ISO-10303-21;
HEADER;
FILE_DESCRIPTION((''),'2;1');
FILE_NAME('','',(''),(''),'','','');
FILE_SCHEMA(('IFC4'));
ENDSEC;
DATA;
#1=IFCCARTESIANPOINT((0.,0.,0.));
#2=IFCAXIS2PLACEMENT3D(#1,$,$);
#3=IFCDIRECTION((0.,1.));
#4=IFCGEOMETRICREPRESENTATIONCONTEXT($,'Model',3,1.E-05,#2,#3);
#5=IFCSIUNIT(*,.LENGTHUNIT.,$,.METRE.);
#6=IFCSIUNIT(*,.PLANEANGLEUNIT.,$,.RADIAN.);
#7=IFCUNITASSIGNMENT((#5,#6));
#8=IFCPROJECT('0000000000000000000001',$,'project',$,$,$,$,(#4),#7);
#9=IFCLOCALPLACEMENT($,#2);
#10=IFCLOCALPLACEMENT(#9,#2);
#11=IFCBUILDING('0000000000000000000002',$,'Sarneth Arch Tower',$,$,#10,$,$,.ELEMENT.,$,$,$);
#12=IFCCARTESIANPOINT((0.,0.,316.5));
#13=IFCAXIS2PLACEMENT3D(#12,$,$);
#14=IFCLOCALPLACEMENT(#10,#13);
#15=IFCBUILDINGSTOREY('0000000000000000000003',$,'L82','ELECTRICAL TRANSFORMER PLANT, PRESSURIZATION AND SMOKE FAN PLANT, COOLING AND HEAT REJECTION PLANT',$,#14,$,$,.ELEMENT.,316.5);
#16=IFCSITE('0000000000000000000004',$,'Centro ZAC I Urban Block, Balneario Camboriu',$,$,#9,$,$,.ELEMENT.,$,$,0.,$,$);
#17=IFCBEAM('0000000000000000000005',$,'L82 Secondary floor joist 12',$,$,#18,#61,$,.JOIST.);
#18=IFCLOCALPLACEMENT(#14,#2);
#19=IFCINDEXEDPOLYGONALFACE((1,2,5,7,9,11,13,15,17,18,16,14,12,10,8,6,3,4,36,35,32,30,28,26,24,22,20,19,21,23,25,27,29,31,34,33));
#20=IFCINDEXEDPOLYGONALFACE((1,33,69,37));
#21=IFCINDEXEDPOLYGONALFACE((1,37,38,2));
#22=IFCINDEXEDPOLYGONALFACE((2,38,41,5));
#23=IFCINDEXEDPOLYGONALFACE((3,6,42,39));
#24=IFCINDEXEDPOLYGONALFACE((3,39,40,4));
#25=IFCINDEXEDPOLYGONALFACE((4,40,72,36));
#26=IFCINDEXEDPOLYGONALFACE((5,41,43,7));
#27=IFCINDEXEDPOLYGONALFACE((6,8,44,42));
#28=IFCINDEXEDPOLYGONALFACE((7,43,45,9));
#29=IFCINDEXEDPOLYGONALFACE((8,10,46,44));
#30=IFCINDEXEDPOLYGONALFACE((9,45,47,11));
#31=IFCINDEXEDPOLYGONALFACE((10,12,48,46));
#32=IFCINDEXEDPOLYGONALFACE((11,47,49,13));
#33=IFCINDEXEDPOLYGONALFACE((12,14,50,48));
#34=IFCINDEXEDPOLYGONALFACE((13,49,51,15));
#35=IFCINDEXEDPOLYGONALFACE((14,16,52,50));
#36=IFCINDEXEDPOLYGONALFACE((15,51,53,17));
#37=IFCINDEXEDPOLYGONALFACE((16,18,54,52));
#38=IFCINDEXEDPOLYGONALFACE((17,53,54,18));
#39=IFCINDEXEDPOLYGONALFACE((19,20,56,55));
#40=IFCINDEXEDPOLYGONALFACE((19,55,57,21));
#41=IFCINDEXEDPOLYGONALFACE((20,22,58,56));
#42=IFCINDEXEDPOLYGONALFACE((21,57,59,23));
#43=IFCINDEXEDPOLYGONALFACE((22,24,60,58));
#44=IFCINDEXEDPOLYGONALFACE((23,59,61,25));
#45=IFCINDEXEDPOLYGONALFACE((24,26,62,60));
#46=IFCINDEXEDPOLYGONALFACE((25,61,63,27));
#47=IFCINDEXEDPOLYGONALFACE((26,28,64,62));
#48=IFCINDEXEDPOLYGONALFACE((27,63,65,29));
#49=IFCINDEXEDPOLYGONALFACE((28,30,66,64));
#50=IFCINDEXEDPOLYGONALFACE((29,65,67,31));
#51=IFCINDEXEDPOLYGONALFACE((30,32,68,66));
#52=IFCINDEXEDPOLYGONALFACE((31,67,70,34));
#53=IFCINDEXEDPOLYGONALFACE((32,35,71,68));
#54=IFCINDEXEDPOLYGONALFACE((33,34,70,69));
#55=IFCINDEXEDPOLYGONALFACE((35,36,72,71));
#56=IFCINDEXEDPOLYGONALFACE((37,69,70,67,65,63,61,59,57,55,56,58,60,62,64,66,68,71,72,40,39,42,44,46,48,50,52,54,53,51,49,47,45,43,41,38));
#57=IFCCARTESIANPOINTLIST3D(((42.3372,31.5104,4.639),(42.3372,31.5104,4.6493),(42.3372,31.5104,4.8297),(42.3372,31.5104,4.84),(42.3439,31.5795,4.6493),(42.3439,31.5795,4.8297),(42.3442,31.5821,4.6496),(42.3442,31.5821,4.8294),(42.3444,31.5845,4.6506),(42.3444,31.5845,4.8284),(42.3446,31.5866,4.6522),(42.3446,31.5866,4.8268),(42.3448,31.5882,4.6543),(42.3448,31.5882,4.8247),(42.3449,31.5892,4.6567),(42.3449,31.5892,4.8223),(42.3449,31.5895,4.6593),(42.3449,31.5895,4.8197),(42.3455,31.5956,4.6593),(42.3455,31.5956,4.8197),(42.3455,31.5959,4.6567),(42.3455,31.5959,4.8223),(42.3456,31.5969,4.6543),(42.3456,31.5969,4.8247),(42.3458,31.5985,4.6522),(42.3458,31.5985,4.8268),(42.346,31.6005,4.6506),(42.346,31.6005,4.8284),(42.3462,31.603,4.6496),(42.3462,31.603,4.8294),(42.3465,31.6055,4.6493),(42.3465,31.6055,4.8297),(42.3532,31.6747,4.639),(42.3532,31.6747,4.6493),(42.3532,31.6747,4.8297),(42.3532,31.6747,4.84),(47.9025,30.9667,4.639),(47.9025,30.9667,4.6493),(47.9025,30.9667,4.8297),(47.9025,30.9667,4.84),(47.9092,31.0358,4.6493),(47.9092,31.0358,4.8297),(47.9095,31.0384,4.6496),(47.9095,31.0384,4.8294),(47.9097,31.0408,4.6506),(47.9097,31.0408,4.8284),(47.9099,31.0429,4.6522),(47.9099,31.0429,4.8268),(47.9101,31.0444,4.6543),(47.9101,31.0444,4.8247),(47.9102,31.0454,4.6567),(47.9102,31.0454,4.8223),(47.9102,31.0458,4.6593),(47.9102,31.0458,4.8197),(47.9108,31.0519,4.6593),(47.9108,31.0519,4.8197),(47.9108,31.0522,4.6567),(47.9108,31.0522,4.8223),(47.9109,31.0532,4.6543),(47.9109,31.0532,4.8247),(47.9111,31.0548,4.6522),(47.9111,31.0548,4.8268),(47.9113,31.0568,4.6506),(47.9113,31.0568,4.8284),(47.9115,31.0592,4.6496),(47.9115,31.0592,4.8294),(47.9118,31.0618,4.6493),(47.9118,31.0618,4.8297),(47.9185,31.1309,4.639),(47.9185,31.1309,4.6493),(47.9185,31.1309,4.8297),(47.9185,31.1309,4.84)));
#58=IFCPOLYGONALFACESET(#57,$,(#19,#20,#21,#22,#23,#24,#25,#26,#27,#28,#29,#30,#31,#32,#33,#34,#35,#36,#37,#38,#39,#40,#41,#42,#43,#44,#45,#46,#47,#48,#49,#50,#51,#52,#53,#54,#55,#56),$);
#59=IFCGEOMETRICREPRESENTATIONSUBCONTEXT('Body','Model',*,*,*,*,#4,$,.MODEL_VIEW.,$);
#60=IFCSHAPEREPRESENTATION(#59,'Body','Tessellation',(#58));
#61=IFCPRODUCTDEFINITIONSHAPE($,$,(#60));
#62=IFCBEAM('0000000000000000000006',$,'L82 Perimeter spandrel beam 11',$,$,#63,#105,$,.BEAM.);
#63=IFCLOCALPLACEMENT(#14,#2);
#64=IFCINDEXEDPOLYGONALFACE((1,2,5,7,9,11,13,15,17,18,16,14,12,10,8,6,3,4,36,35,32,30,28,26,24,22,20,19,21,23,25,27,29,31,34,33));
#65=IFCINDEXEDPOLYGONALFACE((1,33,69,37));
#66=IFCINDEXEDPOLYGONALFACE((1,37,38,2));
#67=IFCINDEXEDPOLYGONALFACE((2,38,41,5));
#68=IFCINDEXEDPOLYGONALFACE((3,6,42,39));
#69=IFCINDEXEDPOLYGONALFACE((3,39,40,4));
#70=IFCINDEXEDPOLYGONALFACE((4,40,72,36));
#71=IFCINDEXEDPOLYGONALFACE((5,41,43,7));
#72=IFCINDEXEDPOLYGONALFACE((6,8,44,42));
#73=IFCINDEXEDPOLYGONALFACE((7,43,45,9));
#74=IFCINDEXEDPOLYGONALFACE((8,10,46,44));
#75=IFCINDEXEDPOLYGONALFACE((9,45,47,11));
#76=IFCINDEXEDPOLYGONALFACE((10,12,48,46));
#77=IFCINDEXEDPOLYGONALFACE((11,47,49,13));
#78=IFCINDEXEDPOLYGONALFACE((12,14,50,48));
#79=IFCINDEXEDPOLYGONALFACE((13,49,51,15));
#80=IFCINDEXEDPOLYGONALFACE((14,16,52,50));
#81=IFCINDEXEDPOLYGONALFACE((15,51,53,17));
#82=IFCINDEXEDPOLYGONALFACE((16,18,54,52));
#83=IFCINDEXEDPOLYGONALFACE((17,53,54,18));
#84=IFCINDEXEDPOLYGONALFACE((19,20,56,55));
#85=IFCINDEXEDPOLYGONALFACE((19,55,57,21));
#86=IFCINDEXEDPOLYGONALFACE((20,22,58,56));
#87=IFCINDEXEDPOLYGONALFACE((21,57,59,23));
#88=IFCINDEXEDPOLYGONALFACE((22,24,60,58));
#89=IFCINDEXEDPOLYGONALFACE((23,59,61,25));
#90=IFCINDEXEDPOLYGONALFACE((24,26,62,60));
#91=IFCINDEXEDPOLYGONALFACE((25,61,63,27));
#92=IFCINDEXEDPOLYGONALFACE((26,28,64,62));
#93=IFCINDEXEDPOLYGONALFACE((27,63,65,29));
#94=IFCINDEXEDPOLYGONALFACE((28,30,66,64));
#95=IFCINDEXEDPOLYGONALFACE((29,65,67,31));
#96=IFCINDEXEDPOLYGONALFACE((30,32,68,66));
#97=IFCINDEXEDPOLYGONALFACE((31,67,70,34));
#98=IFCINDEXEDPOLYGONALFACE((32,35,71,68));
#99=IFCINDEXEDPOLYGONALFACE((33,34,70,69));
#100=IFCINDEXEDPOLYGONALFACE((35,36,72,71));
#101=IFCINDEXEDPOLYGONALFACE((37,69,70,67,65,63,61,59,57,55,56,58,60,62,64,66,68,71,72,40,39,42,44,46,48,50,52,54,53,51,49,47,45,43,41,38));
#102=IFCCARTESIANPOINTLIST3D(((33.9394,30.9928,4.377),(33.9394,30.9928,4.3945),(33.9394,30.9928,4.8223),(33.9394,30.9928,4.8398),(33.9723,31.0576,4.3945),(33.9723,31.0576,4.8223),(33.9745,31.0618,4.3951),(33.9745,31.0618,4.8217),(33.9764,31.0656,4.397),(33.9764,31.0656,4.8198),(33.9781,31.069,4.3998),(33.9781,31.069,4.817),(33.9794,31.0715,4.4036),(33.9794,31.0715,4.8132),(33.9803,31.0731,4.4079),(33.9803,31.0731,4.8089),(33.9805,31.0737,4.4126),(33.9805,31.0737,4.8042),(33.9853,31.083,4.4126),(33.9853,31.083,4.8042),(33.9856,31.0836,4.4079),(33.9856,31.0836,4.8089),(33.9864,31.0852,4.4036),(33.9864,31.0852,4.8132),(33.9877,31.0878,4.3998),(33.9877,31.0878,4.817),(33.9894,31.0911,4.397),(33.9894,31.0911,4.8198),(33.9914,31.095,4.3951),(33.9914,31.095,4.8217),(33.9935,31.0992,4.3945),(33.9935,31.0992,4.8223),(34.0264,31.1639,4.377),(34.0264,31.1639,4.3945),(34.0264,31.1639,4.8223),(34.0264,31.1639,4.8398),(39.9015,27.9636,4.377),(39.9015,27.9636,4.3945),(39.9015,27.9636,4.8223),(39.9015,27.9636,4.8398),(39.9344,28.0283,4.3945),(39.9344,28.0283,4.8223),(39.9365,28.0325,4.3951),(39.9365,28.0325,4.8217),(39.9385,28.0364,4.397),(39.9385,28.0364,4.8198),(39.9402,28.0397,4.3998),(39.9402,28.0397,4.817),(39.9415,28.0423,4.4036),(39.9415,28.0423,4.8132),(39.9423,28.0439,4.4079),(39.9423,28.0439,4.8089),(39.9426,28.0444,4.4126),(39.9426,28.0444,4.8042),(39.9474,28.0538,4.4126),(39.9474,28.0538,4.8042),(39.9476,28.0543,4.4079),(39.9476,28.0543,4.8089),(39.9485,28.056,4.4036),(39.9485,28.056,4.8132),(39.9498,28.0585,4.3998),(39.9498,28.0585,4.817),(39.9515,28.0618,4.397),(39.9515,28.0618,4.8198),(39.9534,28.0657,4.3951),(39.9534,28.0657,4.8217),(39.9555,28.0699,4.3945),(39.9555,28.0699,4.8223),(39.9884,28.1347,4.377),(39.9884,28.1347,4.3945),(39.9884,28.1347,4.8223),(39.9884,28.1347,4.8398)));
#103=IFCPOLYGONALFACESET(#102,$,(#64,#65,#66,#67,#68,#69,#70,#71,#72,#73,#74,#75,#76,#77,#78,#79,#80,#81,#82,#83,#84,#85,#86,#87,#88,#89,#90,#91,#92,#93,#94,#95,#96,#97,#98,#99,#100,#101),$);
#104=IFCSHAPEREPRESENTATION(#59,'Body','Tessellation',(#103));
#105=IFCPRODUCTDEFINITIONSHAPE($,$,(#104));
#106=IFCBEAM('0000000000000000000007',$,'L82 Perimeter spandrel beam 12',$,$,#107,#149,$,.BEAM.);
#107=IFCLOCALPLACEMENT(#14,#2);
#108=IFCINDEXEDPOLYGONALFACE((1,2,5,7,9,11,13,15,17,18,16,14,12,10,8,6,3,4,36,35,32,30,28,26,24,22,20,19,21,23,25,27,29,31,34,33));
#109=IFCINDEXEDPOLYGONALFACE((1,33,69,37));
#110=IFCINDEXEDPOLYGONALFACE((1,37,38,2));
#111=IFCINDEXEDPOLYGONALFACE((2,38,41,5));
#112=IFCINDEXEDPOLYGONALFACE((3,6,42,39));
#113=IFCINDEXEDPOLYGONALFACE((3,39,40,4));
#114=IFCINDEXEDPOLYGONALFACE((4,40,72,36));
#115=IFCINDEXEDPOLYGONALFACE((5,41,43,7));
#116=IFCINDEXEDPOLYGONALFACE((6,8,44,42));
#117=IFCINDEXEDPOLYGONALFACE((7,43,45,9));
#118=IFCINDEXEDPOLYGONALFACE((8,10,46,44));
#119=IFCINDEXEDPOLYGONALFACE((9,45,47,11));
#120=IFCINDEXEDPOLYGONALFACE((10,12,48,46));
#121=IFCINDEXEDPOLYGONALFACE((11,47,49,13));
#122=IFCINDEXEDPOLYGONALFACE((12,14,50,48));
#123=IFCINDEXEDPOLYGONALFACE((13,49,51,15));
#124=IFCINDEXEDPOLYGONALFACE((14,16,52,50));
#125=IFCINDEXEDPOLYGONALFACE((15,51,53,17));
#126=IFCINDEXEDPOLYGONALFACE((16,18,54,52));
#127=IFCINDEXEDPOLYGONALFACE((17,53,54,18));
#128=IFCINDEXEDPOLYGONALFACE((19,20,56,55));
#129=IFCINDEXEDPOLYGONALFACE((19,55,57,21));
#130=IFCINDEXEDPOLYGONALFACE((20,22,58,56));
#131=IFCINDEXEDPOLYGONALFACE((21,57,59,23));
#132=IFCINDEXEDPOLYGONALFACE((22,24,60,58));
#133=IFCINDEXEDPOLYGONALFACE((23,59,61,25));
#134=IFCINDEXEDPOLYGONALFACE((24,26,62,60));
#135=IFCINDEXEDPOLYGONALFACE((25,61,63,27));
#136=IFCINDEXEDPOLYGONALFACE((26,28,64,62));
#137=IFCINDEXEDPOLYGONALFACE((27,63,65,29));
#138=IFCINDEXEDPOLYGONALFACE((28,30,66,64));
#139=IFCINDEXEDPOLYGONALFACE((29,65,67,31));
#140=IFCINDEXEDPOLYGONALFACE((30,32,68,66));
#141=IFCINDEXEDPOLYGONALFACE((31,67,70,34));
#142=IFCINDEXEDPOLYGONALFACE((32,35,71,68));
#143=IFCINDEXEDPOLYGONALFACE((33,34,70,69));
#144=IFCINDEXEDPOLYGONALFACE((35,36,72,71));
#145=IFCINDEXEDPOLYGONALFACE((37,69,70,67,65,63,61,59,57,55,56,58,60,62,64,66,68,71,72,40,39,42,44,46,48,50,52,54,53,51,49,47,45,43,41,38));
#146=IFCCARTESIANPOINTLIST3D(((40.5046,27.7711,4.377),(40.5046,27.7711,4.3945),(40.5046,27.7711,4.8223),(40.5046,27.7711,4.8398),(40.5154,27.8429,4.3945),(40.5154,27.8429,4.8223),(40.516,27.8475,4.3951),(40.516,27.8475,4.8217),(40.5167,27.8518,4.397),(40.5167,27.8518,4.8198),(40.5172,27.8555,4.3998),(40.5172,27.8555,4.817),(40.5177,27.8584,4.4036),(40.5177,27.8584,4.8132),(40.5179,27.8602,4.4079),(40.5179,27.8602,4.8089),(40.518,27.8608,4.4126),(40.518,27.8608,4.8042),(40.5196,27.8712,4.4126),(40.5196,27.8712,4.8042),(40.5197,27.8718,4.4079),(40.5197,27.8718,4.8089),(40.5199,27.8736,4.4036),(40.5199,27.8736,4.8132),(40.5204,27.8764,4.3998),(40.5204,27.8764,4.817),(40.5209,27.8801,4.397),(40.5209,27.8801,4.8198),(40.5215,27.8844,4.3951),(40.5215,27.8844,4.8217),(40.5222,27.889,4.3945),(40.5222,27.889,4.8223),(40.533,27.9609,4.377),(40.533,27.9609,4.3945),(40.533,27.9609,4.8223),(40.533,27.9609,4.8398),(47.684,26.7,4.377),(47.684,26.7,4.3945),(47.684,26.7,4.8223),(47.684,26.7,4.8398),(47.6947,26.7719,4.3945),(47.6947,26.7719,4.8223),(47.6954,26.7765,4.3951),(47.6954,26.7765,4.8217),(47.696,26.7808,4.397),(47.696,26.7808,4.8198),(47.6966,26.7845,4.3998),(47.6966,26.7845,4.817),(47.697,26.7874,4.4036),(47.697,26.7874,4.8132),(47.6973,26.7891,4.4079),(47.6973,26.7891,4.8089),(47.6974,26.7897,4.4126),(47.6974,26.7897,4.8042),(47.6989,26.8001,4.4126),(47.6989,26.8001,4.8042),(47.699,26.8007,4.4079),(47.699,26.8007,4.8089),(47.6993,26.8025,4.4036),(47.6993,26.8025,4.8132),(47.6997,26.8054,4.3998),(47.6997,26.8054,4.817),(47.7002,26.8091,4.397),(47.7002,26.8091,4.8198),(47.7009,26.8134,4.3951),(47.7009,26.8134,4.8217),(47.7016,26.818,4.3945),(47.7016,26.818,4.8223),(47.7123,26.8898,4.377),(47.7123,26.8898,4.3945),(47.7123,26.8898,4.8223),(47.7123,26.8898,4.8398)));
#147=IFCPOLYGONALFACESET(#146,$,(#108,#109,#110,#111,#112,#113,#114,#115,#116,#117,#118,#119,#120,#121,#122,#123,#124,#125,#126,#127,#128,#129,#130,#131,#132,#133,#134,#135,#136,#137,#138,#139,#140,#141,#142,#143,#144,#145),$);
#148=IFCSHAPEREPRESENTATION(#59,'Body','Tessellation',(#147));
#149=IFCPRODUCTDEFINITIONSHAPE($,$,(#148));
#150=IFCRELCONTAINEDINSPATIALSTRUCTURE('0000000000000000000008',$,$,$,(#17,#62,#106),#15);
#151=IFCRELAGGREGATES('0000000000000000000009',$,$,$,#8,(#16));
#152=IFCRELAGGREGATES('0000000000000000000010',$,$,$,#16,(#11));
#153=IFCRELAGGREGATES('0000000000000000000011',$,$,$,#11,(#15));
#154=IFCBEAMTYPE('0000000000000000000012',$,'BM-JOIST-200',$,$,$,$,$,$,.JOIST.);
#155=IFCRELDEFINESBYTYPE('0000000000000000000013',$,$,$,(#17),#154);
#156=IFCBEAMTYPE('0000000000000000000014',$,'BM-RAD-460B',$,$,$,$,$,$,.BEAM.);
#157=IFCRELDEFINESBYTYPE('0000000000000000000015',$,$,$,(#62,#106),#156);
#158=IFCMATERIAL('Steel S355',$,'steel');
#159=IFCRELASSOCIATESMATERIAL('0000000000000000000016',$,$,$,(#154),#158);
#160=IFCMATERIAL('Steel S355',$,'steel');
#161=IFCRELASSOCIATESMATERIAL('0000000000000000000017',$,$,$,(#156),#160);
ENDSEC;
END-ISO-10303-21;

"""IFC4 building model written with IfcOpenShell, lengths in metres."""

from ifc_helpers import new_model, si_unit, direction, frame, origin, origin_2d, place, context, subcontext, project, spatial, i_section, extrude, material, material_profile, profile_set, type_object, element, save


model = new_model("IFC4")

# Units and contexts
model_context = context("Model", 3, precision=1e-05, world=origin(), true_north=direction((0.0, 1.0)))
body_context = subcontext(model_context, "Body", "Model", "MODEL_VIEW")
ifc_project = project(units=[si_unit("LENGTHUNIT", "METRE"), si_unit("PLANEANGLEUNIT", "RADIAN")], contexts=[model_context])

# Site, building, storey
site_placement = place(None, origin())
site = spatial("IfcSite", under=ifc_project, at=site_placement, Name="Centro ZAC I Urban Block, Balneario Camboriu", CompositionType="ELEMENT", RefElevation=0.0)
building_placement = place(site_placement, origin())
building = spatial("IfcBuilding", under=site, at=building_placement, Name="Sarneth Arch Tower", CompositionType="ELEMENT")
storey_placement = place(building_placement, frame((0.0, 0.0, 316.5)))
storey = spatial("IfcBuildingStorey", under=building, at=storey_placement, Name="L82", Description="ELECTRICAL TRANSFORMER PLANT, PRESSURIZATION AND SMOKE FAN PLANT, COOLING AND HEAT REJECTION PLANT", CompositionType="ELEMENT", Elevation=316.5)

# Beams
ifc_material_1 = material(Name="Steel S355", Category="steel")
ifc_material_profile_1 = material_profile(ifc_material_1, i_section(OverallWidth=0.165, OverallDepth=0.2009, WebThickness=0.0061, FlangeThickness=0.0103, FilletRadius=0.01, at=origin_2d()), Name="W200x35.9")
ifc_profile_set_1 = profile_set([ifc_material_profile_1], Name="Steel S355")
beam_type_1 = type_object("IfcBeamType", Name="BM-JOIST-200", PredefinedType="JOIST", material=ifc_profile_set_1)
beam_1_placement = place(storey_placement, frame((42.3452, 31.5925, 4.7395), z_axis=(0.995262, -0.097234, 0.0), x_axis=(0.097234, 0.995262, 0.0)))
element("IfcBeam", 1, at=beam_1_placement, inside=storey, type_object=beam_type_1, Name="L82 Secondary floor joist 12", PredefinedType="JOIST", context=body_context, shape_type="SweptSolid", body=[
    extrude(i_section(OverallWidth=0.165, OverallDepth=0.2009, WebThickness=0.0061, FlangeThickness=0.0103, FilletRadius=0.01, at=origin_2d()), origin(), (0.0, 0.0, 1.0), 5.5918),
])
ifc_material_2 = material(Name="Steel S355", Category="steel")
ifc_material_profile_2 = material_profile(ifc_material_2, i_section(OverallWidth=0.1919, OverallDepth=0.4629, WebThickness=0.0105, FlangeThickness=0.0176, FilletRadius=0.0181, at=origin_2d()), Name="W460x89")
ifc_profile_set_2 = profile_set([ifc_material_profile_2], Name="Steel S355")
beam_type_2 = type_object("IfcBeamType", Name="BM-RAD-460B", PredefinedType="BEAM", material=ifc_profile_set_2)
beam_2_placement = place(storey_placement, frame((33.9829, 31.0784, 4.6084), z_axis=(0.891525, -0.452972, 0.0), x_axis=(0.452972, 0.891525, 0.0)))
element("IfcBeam", 2, at=beam_2_placement, inside=storey, type_object=beam_type_2, Name="L82 Perimeter spandrel beam 11", PredefinedType="BEAM", context=body_context, shape_type="SweptSolid", body=[
    extrude(i_section(OverallWidth=0.1919, OverallDepth=0.4629, WebThickness=0.0105, FlangeThickness=0.0176, FilletRadius=0.0181, at=origin_2d()), origin(), (0.0, 0.0, 1.0), 6.6875),
])
beam_3_placement = place(storey_placement, frame((40.5188, 27.866, 4.6084), z_axis=(0.989055, -0.147549, 0.0), x_axis=(0.147549, 0.989055, 0.0)))
element("IfcBeam", 3, at=beam_3_placement, inside=storey, type_object=beam_type_2, Name="L82 Perimeter spandrel beam 12", PredefinedType="BEAM", context=body_context, shape_type="SweptSolid", body=[
    extrude(i_section(OverallWidth=0.1919, OverallDepth=0.4629, WebThickness=0.0105, FlangeThickness=0.0176, FilletRadius=0.0181, at=origin_2d()), origin(), (0.0, 0.0, 1.0), 7.2588),
])

save(model, "model.ifc")
